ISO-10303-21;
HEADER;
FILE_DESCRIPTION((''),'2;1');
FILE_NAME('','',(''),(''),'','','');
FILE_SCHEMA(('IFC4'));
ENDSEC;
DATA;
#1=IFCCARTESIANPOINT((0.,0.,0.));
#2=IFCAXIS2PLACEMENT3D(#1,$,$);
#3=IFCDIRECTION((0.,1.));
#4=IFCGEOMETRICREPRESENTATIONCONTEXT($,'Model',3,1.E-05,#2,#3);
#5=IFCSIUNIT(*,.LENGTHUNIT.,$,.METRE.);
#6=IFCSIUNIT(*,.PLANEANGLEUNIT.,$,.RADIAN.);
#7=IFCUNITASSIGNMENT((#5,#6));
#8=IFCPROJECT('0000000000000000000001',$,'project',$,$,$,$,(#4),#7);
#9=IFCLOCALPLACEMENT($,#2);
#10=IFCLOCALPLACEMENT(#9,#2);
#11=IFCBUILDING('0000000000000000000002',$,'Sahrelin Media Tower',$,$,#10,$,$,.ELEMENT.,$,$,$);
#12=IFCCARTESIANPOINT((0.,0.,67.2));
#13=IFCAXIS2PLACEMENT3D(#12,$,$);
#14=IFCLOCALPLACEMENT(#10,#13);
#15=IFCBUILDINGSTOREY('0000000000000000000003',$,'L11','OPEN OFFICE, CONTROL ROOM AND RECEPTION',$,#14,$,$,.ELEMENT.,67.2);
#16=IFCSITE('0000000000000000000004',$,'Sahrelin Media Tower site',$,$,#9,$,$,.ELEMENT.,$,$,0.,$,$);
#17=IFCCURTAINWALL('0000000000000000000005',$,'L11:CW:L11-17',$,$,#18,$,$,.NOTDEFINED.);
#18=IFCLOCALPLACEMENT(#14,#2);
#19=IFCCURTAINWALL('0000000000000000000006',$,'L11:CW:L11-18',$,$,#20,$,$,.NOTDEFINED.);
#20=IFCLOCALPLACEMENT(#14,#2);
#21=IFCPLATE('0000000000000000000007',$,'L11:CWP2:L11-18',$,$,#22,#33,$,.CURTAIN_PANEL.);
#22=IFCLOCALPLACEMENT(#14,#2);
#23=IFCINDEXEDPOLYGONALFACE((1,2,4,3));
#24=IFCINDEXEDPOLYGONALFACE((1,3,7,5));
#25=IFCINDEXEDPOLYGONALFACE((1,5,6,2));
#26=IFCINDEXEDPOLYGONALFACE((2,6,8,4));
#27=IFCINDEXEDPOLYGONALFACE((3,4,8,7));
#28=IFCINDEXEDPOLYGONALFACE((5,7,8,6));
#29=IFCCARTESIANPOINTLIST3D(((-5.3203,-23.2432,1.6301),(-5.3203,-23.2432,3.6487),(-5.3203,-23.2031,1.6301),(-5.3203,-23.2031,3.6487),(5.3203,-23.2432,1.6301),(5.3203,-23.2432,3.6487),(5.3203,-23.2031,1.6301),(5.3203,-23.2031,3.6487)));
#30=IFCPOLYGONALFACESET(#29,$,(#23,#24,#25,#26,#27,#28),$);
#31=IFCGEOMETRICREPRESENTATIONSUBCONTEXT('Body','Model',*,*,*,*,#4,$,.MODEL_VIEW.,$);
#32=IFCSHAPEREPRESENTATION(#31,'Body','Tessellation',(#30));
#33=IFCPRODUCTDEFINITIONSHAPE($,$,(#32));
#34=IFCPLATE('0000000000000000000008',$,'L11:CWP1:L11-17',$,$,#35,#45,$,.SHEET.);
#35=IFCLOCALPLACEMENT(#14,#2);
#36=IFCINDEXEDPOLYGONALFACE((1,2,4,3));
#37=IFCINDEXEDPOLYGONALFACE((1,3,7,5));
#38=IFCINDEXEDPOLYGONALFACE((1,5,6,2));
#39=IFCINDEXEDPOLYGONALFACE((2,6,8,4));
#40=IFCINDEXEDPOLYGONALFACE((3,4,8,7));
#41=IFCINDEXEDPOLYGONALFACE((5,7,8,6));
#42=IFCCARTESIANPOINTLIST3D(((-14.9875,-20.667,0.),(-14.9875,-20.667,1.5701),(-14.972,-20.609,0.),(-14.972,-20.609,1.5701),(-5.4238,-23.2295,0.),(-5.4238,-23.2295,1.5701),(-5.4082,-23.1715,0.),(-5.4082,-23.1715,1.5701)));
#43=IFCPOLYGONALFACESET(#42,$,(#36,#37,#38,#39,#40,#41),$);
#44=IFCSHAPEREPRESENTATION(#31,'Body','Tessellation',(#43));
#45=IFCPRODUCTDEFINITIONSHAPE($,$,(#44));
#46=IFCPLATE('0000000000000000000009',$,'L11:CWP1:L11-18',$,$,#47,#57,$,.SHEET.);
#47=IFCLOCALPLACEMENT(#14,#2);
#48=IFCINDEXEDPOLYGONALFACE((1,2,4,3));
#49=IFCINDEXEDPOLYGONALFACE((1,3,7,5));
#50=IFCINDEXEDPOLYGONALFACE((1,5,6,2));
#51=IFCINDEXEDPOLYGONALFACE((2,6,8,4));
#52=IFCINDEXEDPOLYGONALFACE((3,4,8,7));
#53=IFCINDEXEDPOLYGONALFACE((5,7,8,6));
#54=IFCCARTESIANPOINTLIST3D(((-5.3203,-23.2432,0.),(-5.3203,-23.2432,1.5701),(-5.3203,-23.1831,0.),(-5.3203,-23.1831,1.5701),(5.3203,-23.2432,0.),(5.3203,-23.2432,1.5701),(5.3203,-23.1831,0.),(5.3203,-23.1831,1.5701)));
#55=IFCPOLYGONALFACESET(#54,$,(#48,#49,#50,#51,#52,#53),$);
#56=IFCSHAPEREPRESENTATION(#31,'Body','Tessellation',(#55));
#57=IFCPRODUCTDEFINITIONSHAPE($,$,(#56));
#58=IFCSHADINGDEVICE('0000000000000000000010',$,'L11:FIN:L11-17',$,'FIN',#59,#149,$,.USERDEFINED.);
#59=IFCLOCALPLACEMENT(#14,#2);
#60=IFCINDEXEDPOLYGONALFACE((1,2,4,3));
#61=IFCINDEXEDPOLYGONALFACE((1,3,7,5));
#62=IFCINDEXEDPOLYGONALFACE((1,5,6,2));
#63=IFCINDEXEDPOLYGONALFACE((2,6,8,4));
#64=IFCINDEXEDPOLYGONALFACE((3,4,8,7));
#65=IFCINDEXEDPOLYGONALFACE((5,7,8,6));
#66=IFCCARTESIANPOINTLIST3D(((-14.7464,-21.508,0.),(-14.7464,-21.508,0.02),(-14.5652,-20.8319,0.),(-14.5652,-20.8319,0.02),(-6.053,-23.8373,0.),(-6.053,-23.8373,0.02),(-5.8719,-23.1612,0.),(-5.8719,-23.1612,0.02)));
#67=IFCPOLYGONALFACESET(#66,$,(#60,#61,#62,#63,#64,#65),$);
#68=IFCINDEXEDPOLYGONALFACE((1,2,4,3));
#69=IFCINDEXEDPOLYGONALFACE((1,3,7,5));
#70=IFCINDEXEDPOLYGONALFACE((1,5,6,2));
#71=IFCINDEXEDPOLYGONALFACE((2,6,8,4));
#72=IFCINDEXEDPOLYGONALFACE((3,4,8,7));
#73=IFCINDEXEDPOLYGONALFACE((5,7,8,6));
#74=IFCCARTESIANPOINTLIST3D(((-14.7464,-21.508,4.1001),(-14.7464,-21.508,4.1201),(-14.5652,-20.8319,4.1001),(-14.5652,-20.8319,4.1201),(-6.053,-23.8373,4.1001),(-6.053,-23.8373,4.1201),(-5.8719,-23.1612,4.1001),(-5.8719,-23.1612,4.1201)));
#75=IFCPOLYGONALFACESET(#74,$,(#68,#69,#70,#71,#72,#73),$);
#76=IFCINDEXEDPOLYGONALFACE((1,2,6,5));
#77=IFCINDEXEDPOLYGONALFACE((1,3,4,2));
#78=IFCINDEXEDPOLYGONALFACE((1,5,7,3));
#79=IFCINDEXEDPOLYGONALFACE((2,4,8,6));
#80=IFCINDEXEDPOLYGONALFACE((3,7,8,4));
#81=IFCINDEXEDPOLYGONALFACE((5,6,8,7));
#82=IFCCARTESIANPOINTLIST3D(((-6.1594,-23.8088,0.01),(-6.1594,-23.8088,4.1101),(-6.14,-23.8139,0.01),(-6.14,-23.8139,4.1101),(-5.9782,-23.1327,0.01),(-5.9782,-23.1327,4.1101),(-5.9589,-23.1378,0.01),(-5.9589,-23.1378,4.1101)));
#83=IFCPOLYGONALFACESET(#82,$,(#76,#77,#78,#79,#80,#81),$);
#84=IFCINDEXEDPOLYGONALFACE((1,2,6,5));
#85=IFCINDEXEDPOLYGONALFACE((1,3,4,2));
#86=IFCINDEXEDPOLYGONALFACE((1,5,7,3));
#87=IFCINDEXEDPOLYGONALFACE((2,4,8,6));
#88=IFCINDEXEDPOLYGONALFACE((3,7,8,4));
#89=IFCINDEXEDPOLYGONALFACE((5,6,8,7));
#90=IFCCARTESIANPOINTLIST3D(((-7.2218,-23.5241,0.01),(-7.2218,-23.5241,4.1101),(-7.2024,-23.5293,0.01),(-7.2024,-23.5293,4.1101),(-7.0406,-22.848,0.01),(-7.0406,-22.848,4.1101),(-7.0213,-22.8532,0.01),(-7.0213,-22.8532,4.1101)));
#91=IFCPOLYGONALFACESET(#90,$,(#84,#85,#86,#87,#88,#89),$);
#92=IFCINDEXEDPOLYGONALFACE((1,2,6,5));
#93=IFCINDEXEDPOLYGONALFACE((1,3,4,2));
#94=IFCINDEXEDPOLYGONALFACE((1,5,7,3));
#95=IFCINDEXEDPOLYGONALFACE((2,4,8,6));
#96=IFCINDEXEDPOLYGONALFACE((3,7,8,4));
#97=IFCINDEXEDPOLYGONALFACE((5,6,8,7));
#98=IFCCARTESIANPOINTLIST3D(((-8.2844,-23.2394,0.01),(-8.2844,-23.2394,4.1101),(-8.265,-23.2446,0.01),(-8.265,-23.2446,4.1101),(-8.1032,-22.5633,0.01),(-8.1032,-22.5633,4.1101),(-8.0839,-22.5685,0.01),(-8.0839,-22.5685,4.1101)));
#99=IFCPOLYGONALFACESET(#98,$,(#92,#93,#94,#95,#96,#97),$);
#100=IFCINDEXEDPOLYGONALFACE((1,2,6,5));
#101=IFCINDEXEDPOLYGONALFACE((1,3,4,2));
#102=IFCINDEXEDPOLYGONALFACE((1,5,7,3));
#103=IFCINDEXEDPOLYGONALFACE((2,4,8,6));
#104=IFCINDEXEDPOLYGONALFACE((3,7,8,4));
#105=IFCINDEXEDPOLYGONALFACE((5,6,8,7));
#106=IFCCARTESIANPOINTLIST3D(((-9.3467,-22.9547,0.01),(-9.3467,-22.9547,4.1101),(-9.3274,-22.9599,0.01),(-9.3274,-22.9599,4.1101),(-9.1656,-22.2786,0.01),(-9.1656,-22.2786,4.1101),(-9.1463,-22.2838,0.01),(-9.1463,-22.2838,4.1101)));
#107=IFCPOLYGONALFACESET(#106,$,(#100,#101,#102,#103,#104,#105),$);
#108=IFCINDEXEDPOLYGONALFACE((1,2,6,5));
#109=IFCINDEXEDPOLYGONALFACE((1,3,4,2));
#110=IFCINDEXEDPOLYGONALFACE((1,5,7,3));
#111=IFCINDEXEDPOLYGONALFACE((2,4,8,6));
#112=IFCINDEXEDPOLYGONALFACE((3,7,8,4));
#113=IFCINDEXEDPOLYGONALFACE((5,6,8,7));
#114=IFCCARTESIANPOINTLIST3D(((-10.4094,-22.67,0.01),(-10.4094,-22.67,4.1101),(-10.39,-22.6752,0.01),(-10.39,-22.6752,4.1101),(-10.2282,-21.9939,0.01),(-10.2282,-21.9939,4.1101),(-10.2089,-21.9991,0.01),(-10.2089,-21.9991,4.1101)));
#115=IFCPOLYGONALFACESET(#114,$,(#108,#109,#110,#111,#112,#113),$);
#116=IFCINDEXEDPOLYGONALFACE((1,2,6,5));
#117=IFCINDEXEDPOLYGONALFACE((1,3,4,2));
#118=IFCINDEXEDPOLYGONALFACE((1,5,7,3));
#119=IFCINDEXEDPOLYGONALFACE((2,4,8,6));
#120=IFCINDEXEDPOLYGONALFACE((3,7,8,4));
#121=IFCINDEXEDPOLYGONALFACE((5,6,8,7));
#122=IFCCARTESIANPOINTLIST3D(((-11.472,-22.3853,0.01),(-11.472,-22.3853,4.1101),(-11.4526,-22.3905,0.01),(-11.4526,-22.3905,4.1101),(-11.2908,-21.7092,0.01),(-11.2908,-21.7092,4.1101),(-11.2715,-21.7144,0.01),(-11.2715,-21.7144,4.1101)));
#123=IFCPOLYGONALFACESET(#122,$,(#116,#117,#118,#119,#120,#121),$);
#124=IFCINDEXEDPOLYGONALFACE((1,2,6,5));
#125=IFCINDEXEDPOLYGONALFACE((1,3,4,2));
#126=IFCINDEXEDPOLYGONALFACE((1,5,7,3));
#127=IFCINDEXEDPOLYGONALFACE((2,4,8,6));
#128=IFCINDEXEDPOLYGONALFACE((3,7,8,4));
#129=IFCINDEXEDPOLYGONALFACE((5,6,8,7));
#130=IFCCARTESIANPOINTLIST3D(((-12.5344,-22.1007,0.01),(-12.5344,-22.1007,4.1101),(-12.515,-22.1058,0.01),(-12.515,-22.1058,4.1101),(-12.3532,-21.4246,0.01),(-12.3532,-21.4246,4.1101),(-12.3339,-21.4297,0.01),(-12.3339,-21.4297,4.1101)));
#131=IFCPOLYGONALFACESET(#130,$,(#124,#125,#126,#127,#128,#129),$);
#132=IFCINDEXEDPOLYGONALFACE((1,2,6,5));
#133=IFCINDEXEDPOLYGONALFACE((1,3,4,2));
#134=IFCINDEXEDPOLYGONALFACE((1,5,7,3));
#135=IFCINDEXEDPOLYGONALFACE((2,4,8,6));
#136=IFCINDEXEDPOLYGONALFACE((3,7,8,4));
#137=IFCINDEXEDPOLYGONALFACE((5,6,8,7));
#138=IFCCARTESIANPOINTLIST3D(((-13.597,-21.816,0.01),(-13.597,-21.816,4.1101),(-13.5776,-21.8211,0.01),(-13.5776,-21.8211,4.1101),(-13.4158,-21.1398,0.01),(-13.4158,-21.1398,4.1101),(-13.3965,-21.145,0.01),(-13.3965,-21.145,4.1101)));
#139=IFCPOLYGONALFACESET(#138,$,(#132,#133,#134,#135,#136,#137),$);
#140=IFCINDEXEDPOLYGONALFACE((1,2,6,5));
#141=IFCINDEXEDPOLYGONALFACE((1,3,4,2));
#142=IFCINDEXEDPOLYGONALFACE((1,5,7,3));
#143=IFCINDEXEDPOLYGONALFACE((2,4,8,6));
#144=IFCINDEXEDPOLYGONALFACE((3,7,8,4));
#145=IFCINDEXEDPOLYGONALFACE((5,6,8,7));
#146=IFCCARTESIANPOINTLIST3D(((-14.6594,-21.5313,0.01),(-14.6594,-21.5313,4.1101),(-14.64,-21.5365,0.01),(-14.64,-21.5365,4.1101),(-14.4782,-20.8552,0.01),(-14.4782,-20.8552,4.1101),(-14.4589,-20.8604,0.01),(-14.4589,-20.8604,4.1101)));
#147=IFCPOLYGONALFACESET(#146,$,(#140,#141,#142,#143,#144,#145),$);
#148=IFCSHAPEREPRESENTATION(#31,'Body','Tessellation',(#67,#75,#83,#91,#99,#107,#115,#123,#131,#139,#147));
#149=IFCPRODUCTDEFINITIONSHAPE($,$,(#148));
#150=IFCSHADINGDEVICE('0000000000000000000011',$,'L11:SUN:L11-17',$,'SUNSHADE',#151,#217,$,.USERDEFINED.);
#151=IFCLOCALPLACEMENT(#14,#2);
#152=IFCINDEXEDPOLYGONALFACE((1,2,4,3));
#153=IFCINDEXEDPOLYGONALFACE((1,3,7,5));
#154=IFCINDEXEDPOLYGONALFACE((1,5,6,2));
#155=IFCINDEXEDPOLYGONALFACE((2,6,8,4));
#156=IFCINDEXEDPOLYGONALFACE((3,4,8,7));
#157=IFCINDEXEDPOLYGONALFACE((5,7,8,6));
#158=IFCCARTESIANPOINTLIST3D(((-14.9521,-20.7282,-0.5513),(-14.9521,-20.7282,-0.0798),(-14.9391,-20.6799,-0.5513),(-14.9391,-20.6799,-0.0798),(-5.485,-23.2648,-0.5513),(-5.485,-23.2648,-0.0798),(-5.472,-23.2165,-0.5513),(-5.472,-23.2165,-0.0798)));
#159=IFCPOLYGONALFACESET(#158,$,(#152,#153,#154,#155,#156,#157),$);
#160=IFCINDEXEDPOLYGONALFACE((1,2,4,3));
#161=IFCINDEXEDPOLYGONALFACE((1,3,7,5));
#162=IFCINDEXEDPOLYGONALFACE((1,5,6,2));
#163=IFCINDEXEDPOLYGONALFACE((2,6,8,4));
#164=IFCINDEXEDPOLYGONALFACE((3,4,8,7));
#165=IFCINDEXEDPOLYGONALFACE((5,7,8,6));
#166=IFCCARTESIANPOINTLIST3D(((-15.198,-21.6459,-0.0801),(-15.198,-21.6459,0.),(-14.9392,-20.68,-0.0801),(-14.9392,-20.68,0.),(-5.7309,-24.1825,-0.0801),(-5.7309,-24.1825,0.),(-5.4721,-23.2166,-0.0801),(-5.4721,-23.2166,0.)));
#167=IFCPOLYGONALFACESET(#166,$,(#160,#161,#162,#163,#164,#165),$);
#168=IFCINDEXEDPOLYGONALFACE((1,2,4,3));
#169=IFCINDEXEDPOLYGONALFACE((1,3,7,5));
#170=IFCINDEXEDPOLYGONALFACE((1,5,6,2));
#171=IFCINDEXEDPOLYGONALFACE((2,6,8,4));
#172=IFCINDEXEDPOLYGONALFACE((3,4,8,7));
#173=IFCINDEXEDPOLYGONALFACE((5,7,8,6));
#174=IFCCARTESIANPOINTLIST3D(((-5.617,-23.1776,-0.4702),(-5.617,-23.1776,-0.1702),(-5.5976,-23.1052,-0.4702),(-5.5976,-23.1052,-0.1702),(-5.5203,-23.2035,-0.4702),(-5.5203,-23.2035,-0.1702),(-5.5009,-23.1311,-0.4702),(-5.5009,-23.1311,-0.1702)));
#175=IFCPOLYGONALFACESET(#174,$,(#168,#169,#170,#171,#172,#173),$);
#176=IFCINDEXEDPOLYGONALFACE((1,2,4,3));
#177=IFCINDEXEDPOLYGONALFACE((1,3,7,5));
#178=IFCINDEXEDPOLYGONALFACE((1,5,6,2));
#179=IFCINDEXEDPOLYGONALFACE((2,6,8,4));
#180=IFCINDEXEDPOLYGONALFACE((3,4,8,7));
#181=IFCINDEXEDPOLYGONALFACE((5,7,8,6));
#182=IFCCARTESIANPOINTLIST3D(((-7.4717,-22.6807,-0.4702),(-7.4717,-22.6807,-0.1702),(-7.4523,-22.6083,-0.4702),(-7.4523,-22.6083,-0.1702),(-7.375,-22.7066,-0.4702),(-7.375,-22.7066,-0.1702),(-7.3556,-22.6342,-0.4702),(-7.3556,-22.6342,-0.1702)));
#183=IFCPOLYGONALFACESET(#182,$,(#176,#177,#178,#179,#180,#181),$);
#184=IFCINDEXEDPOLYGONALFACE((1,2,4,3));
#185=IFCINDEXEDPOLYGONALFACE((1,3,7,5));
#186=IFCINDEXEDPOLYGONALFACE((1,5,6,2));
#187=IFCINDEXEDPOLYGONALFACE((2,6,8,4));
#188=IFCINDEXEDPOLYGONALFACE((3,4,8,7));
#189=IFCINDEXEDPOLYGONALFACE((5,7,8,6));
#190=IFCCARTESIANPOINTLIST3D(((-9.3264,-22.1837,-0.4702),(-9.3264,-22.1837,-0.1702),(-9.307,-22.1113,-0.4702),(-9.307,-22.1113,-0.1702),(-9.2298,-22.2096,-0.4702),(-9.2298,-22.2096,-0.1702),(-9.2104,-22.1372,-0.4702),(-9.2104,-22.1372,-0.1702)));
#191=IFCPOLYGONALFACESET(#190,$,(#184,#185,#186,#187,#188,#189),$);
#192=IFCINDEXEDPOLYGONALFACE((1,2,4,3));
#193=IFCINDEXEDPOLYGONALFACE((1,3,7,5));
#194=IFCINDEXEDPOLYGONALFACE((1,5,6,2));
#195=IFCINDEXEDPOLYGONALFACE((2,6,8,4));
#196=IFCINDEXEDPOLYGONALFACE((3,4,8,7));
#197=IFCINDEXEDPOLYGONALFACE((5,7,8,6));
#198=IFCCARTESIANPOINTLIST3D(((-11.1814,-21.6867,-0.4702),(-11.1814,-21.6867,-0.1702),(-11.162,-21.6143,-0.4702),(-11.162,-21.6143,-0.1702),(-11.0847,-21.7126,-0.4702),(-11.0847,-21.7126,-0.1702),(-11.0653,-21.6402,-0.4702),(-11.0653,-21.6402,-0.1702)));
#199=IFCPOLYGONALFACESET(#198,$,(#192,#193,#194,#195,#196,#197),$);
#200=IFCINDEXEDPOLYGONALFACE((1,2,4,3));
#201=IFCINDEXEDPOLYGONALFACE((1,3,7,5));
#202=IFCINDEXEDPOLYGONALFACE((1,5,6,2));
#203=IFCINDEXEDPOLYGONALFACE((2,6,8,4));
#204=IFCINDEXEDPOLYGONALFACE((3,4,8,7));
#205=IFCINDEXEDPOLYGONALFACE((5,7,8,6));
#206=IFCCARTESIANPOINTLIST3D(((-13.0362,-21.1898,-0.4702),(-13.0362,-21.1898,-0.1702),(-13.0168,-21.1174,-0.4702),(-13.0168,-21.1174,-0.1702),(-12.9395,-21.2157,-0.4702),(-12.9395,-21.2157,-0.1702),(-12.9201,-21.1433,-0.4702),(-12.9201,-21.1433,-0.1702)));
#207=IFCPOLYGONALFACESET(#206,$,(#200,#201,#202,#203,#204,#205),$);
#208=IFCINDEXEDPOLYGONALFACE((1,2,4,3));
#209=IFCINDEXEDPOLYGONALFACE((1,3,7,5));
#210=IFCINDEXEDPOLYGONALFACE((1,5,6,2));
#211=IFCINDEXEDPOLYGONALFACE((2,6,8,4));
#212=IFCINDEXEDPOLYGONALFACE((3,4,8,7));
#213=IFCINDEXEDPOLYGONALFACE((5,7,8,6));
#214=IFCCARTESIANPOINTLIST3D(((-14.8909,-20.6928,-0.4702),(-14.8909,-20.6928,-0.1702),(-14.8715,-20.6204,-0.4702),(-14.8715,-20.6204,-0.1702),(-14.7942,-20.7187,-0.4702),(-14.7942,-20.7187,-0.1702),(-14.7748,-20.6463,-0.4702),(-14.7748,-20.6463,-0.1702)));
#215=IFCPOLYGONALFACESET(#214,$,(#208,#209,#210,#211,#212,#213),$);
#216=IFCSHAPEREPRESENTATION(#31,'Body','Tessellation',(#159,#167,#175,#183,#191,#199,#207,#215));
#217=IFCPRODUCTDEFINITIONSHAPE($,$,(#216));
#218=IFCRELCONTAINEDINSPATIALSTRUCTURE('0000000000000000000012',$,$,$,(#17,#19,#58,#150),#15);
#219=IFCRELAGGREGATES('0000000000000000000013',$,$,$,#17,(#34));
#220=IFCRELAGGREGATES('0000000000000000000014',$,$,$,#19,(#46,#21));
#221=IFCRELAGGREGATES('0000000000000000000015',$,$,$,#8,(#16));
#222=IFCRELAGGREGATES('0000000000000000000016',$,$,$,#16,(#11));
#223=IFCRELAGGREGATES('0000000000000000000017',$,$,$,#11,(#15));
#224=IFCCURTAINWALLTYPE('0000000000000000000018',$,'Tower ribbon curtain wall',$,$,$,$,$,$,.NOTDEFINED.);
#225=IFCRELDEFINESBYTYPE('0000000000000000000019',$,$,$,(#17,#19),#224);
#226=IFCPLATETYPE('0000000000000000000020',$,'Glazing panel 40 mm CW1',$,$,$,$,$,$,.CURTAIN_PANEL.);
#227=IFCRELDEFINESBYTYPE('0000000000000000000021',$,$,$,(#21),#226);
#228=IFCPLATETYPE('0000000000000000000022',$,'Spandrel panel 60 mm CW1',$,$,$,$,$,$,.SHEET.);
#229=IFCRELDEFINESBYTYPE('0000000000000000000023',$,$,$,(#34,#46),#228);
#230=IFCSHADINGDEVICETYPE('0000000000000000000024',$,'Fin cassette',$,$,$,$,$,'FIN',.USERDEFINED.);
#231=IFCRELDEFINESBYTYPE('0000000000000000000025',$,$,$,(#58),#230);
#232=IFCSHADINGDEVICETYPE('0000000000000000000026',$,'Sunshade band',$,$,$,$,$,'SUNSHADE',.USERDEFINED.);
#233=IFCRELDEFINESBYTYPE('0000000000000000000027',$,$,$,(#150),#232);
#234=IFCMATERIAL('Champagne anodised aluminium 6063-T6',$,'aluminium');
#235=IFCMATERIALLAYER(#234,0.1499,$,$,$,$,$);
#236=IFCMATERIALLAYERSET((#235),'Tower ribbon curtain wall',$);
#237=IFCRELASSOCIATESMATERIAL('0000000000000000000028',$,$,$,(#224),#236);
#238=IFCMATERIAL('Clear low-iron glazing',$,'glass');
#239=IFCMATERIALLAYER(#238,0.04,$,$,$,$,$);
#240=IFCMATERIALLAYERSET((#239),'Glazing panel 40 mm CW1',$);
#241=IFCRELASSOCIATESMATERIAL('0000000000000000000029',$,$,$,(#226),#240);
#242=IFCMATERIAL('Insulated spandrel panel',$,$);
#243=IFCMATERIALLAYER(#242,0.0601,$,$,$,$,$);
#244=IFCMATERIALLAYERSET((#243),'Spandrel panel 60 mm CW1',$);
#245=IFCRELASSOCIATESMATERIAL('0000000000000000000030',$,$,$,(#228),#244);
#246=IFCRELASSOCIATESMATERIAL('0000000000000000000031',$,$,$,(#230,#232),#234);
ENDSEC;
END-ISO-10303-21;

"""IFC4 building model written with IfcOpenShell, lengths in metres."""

from ifc_helpers import new_model, si_unit, direction, frame, origin, origin_2d, place, context, subcontext, project, spatial, polyline, rectangle, outline, extrude, material, layer, layer_set, type_object, element, aggregate, save


model = new_model("IFC4")

# Units and contexts
model_context = context("Model", 3, precision=1e-05, world=origin(), true_north=direction((0.0, 1.0)))
body_context = subcontext(model_context, "Body", "Model", "MODEL_VIEW")
ifc_project = project(units=[si_unit("LENGTHUNIT", "METRE"), si_unit("PLANEANGLEUNIT", "RADIAN")], contexts=[model_context])

# Site, building, storey
site_placement = place(None, origin())
site = spatial("IfcSite", under=ifc_project, at=site_placement, Name="Sahrelin Media Tower site", CompositionType="ELEMENT", RefElevation=0.0)
building_placement = place(site_placement, origin())
building = spatial("IfcBuilding", under=site, at=building_placement, Name="Sahrelin Media Tower", CompositionType="ELEMENT")
storey_placement = place(building_placement, frame((0.0, 0.0, 67.2)))
storey = spatial("IfcBuildingStorey", under=building, at=storey_placement, Name="L11", Description="OPEN OFFICE, CONTROL ROOM AND RECEPTION", CompositionType="ELEMENT", Elevation=67.2)

# Curtain walls
ifc_material_1 = material(Name="Champagne anodised aluminium 6063-T6", Category="aluminium")
ifc_layer_1 = layer(ifc_material_1, 0.1499)
ifc_layer_set_1 = layer_set([ifc_layer_1], Name="Tower ribbon curtain wall")
curtain_wall_type = type_object("IfcCurtainWallType", Name="Tower ribbon curtain wall", PredefinedType="NOTDEFINED", material=ifc_layer_set_1)
curtain_wall_1_placement = place(storey_placement, frame((-10.2004, -21.929, 0.0), z_axis=(0.0, 0.0, 1.0), x_axis=(1.0, 0.0, 0.0)))
curtain_wall_1 = element("IfcCurtainWall", 1, at=curtain_wall_1_placement, inside=storey, type_object=curtain_wall_type, Name="L11:CW:L11-17", PredefinedType="NOTDEFINED")
curtain_wall_2_placement = place(storey_placement, frame((0.0, -23.2231, 0.0), z_axis=(0.0, 0.0, 1.0), x_axis=(1.0, 0.0, 0.0)))
curtain_wall_2 = element("IfcCurtainWall", 2, at=curtain_wall_2_placement, inside=storey, type_object=curtain_wall_type, Name="L11:CW:L11-18", PredefinedType="NOTDEFINED")

# Plates
ifc_material_2 = material(Name="Clear low-iron glazing", Category="glass")
ifc_layer_2 = layer(ifc_material_2, 0.04)
ifc_layer_set_2 = layer_set([ifc_layer_2], Name="Glazing panel 40 mm CW1")
plate_type_1 = type_object("IfcPlateType", Name="Glazing panel 40 mm CW1", PredefinedType="CURTAIN_PANEL", material=ifc_layer_set_2)
plate_1_placement = place(storey_placement, frame((-5.3203, -23.2432, 1.6301), z_axis=(0.0, -1.0, 0.0), x_axis=(1.0, 0.0, 0.0)))
plate_1 = element("IfcPlate", 3, at=plate_1_placement, type_object=plate_type_1, Name="L11:CWP2:L11-18", PredefinedType="CURTAIN_PANEL", context=body_context, shape_type="SweptSolid", body=[
    extrude(outline(polyline([(0.0, 0.0), (10.6406, 0.0), (10.6406, 2.0186), (0.0, 2.0186), (0.0, 0.0)])), origin(), (0.0, 0.0, -1.0), 0.04),
])
ifc_material_3 = material(Name="Insulated spandrel panel")
ifc_layer_3 = layer(ifc_material_3, 0.0601)
ifc_layer_set_3 = layer_set([ifc_layer_3], Name="Spandrel panel 60 mm CW1")
plate_type_2 = type_object("IfcPlateType", Name="Spandrel panel 60 mm CW1", PredefinedType="SHEET", material=ifc_layer_set_3)
plate_2_placement = place(storey_placement, frame((-14.9875, -20.667, 0.0), z_axis=(-0.25881, -0.965928, 0.0), x_axis=(0.965928, -0.25881, 0.0)))
plate_2 = element("IfcPlate", 4, at=plate_2_placement, type_object=plate_type_2, Name="L11:CWP1:L11-17", PredefinedType="SHEET", context=body_context, shape_type="SweptSolid", body=[
    extrude(outline(polyline([(0.0, 0.0), (9.9011, 0.0), (9.9011, 1.5701), (0.0, 1.5701), (0.0, 0.0)])), origin(), (0.0, 0.0, -1.0), 0.0601),
])
aggregate(curtain_wall_1, [plate_2])
plate_3_placement = place(storey_placement, frame((-5.3203, -23.2432, 0.0), z_axis=(0.0, -1.0, 0.0), x_axis=(1.0, 0.0, 0.0)))
plate_3 = element("IfcPlate", 5, at=plate_3_placement, type_object=plate_type_2, Name="L11:CWP1:L11-18", PredefinedType="SHEET", context=body_context, shape_type="SweptSolid", body=[
    extrude(outline(polyline([(0.0, 0.0), (10.6406, 0.0), (10.6406, 1.5701), (0.0, 1.5701), (0.0, 0.0)])), origin(), (0.0, 0.0, -1.0), 0.0601),
])
aggregate(curtain_wall_2, [plate_3, plate_1])

# Shading devices
shading_device_type_1 = type_object("IfcShadingDeviceType", Name="Fin cassette", ElementType="FIN", PredefinedType="USERDEFINED", material=ifc_material_1)
placement = place(storey_placement, frame((-10.2004, -21.929, 0.0), z_axis=(0.0, 0.0, 1.0), x_axis=(-0.965929, 0.258808, 0.0)))
element("IfcShadingDevice", 6, at=placement, inside=storey, type_object=shading_device_type_1, Name="L11:FIN:L11-17", ObjectType="FIN", PredefinedType="USERDEFINED", context=body_context, shape_type="SweptSolid", body=[
    extrude(rectangle(XDim=9.0, YDim=0.7, at=origin_2d()), frame((0.0, 0.4199, 0.0)), (0.0, 0.0, 1.0), 0.02),
    extrude(rectangle(XDim=9.0, YDim=0.7, at=origin_2d()), frame((0.0, 0.4199, 4.1001)), (0.0, 0.0, 1.0), 0.02),
    extrude(rectangle(XDim=0.02, YDim=0.7, at=origin_2d()), frame((-4.3999, 0.4199, 0.01), z_axis=(0.0, 0.0, 1.0), x_axis=(1.0, 0.0, 0.0)), (0.0, 0.0, 1.0), 4.1001),
    extrude(rectangle(XDim=0.02, YDim=0.7, at=origin_2d()), frame((-3.3, 0.4199, 0.01), z_axis=(0.0, 0.0, 1.0), x_axis=(1.0, 0.0, 0.0)), (0.0, 0.0, 1.0), 4.1001),
    extrude(rectangle(XDim=0.02, YDim=0.7, at=origin_2d()), frame((-2.2, 0.4199, 0.01), z_axis=(0.0, 0.0, 1.0), x_axis=(1.0, 0.0, 0.0)), (0.0, 0.0, 1.0), 4.1001),
    extrude(rectangle(XDim=0.02, YDim=0.7, at=origin_2d()), frame((-1.1001, 0.4199, 0.01), z_axis=(0.0, 0.0, 1.0), x_axis=(1.0, 0.0, 0.0)), (0.0, 0.0, 1.0), 4.1001),
    extrude(rectangle(XDim=0.02, YDim=0.7, at=origin_2d()), frame((0.0, 0.4199, 0.01), z_axis=(0.0, 0.0, 1.0), x_axis=(1.0, 0.0, 0.0)), (0.0, 0.0, 1.0), 4.1001),
    extrude(rectangle(XDim=0.02, YDim=0.7, at=origin_2d()), frame((1.1001, 0.4199, 0.01), z_axis=(0.0, 0.0, 1.0), x_axis=(1.0, 0.0, 0.0)), (0.0, 0.0, 1.0), 4.1001),
    extrude(rectangle(XDim=0.02, YDim=0.7, at=origin_2d()), frame((2.2, 0.4199, 0.01), z_axis=(0.0, 0.0, 1.0), x_axis=(1.0, 0.0, 0.0)), (0.0, 0.0, 1.0), 4.1001),
    extrude(rectangle(XDim=0.02, YDim=0.7, at=origin_2d()), frame((3.3, 0.4199, 0.01), z_axis=(0.0, 0.0, 1.0), x_axis=(1.0, 0.0, 0.0)), (0.0, 0.0, 1.0), 4.1001),
    extrude(rectangle(XDim=0.02, YDim=0.7, at=origin_2d()), frame((4.3999, 0.4199, 0.01), z_axis=(0.0, 0.0, 1.0), x_axis=(1.0, 0.0, 0.0)), (0.0, 0.0, 1.0), 4.1001),
])
shading_device_type_2 = type_object("IfcShadingDeviceType", Name="Sunshade band", ElementType="SUNSHADE", PredefinedType="USERDEFINED", material=ifc_material_1)
element("IfcShadingDevice", 7, at=placement, inside=storey, type_object=shading_device_type_2, Name="L11:SUN:L11-17", ObjectType="SUNSHADE", PredefinedType="USERDEFINED", context=body_context, shape_type="SweptSolid", body=[
    extrude(rectangle(XDim=9.801, YDim=0.05, at=origin_2d()), frame((0.0, 0.0449, -0.5513)), (0.0, 0.0, 1.0), 0.4714),
    extrude(rectangle(XDim=9.801, YDim=1.0, at=origin_2d()), frame((0.0, 0.52, -0.0801)), (0.0, 0.0, 1.0), 0.0801),
    extrude(rectangle(XDim=0.1001, YDim=0.075, at=origin_2d()), frame((-4.8005, -0.0176, -0.4702)), (0.0, 0.0, 1.0), 0.3),
    extrude(rectangle(XDim=0.1001, YDim=0.075, at=origin_2d()), frame((-2.8804, -0.0176, -0.4702)), (0.0, 0.0, 1.0), 0.3),
    extrude(rectangle(XDim=0.1001, YDim=0.075, at=origin_2d()), frame((-0.9602, -0.0176, -0.4702)), (0.0, 0.0, 1.0), 0.3),
    extrude(rectangle(XDim=0.1001, YDim=0.075, at=origin_2d()), frame((0.9602, -0.0176, -0.4702)), (0.0, 0.0, 1.0), 0.3),
    extrude(rectangle(XDim=0.1001, YDim=0.075, at=origin_2d()), frame((2.8804, -0.0176, -0.4702)), (0.0, 0.0, 1.0), 0.3),
    extrude(rectangle(XDim=0.1001, YDim=0.075, at=origin_2d()), frame((4.8005, -0.0176, -0.4702)), (0.0, 0.0, 1.0), 0.3),
])

save(model, "model.ifc")
